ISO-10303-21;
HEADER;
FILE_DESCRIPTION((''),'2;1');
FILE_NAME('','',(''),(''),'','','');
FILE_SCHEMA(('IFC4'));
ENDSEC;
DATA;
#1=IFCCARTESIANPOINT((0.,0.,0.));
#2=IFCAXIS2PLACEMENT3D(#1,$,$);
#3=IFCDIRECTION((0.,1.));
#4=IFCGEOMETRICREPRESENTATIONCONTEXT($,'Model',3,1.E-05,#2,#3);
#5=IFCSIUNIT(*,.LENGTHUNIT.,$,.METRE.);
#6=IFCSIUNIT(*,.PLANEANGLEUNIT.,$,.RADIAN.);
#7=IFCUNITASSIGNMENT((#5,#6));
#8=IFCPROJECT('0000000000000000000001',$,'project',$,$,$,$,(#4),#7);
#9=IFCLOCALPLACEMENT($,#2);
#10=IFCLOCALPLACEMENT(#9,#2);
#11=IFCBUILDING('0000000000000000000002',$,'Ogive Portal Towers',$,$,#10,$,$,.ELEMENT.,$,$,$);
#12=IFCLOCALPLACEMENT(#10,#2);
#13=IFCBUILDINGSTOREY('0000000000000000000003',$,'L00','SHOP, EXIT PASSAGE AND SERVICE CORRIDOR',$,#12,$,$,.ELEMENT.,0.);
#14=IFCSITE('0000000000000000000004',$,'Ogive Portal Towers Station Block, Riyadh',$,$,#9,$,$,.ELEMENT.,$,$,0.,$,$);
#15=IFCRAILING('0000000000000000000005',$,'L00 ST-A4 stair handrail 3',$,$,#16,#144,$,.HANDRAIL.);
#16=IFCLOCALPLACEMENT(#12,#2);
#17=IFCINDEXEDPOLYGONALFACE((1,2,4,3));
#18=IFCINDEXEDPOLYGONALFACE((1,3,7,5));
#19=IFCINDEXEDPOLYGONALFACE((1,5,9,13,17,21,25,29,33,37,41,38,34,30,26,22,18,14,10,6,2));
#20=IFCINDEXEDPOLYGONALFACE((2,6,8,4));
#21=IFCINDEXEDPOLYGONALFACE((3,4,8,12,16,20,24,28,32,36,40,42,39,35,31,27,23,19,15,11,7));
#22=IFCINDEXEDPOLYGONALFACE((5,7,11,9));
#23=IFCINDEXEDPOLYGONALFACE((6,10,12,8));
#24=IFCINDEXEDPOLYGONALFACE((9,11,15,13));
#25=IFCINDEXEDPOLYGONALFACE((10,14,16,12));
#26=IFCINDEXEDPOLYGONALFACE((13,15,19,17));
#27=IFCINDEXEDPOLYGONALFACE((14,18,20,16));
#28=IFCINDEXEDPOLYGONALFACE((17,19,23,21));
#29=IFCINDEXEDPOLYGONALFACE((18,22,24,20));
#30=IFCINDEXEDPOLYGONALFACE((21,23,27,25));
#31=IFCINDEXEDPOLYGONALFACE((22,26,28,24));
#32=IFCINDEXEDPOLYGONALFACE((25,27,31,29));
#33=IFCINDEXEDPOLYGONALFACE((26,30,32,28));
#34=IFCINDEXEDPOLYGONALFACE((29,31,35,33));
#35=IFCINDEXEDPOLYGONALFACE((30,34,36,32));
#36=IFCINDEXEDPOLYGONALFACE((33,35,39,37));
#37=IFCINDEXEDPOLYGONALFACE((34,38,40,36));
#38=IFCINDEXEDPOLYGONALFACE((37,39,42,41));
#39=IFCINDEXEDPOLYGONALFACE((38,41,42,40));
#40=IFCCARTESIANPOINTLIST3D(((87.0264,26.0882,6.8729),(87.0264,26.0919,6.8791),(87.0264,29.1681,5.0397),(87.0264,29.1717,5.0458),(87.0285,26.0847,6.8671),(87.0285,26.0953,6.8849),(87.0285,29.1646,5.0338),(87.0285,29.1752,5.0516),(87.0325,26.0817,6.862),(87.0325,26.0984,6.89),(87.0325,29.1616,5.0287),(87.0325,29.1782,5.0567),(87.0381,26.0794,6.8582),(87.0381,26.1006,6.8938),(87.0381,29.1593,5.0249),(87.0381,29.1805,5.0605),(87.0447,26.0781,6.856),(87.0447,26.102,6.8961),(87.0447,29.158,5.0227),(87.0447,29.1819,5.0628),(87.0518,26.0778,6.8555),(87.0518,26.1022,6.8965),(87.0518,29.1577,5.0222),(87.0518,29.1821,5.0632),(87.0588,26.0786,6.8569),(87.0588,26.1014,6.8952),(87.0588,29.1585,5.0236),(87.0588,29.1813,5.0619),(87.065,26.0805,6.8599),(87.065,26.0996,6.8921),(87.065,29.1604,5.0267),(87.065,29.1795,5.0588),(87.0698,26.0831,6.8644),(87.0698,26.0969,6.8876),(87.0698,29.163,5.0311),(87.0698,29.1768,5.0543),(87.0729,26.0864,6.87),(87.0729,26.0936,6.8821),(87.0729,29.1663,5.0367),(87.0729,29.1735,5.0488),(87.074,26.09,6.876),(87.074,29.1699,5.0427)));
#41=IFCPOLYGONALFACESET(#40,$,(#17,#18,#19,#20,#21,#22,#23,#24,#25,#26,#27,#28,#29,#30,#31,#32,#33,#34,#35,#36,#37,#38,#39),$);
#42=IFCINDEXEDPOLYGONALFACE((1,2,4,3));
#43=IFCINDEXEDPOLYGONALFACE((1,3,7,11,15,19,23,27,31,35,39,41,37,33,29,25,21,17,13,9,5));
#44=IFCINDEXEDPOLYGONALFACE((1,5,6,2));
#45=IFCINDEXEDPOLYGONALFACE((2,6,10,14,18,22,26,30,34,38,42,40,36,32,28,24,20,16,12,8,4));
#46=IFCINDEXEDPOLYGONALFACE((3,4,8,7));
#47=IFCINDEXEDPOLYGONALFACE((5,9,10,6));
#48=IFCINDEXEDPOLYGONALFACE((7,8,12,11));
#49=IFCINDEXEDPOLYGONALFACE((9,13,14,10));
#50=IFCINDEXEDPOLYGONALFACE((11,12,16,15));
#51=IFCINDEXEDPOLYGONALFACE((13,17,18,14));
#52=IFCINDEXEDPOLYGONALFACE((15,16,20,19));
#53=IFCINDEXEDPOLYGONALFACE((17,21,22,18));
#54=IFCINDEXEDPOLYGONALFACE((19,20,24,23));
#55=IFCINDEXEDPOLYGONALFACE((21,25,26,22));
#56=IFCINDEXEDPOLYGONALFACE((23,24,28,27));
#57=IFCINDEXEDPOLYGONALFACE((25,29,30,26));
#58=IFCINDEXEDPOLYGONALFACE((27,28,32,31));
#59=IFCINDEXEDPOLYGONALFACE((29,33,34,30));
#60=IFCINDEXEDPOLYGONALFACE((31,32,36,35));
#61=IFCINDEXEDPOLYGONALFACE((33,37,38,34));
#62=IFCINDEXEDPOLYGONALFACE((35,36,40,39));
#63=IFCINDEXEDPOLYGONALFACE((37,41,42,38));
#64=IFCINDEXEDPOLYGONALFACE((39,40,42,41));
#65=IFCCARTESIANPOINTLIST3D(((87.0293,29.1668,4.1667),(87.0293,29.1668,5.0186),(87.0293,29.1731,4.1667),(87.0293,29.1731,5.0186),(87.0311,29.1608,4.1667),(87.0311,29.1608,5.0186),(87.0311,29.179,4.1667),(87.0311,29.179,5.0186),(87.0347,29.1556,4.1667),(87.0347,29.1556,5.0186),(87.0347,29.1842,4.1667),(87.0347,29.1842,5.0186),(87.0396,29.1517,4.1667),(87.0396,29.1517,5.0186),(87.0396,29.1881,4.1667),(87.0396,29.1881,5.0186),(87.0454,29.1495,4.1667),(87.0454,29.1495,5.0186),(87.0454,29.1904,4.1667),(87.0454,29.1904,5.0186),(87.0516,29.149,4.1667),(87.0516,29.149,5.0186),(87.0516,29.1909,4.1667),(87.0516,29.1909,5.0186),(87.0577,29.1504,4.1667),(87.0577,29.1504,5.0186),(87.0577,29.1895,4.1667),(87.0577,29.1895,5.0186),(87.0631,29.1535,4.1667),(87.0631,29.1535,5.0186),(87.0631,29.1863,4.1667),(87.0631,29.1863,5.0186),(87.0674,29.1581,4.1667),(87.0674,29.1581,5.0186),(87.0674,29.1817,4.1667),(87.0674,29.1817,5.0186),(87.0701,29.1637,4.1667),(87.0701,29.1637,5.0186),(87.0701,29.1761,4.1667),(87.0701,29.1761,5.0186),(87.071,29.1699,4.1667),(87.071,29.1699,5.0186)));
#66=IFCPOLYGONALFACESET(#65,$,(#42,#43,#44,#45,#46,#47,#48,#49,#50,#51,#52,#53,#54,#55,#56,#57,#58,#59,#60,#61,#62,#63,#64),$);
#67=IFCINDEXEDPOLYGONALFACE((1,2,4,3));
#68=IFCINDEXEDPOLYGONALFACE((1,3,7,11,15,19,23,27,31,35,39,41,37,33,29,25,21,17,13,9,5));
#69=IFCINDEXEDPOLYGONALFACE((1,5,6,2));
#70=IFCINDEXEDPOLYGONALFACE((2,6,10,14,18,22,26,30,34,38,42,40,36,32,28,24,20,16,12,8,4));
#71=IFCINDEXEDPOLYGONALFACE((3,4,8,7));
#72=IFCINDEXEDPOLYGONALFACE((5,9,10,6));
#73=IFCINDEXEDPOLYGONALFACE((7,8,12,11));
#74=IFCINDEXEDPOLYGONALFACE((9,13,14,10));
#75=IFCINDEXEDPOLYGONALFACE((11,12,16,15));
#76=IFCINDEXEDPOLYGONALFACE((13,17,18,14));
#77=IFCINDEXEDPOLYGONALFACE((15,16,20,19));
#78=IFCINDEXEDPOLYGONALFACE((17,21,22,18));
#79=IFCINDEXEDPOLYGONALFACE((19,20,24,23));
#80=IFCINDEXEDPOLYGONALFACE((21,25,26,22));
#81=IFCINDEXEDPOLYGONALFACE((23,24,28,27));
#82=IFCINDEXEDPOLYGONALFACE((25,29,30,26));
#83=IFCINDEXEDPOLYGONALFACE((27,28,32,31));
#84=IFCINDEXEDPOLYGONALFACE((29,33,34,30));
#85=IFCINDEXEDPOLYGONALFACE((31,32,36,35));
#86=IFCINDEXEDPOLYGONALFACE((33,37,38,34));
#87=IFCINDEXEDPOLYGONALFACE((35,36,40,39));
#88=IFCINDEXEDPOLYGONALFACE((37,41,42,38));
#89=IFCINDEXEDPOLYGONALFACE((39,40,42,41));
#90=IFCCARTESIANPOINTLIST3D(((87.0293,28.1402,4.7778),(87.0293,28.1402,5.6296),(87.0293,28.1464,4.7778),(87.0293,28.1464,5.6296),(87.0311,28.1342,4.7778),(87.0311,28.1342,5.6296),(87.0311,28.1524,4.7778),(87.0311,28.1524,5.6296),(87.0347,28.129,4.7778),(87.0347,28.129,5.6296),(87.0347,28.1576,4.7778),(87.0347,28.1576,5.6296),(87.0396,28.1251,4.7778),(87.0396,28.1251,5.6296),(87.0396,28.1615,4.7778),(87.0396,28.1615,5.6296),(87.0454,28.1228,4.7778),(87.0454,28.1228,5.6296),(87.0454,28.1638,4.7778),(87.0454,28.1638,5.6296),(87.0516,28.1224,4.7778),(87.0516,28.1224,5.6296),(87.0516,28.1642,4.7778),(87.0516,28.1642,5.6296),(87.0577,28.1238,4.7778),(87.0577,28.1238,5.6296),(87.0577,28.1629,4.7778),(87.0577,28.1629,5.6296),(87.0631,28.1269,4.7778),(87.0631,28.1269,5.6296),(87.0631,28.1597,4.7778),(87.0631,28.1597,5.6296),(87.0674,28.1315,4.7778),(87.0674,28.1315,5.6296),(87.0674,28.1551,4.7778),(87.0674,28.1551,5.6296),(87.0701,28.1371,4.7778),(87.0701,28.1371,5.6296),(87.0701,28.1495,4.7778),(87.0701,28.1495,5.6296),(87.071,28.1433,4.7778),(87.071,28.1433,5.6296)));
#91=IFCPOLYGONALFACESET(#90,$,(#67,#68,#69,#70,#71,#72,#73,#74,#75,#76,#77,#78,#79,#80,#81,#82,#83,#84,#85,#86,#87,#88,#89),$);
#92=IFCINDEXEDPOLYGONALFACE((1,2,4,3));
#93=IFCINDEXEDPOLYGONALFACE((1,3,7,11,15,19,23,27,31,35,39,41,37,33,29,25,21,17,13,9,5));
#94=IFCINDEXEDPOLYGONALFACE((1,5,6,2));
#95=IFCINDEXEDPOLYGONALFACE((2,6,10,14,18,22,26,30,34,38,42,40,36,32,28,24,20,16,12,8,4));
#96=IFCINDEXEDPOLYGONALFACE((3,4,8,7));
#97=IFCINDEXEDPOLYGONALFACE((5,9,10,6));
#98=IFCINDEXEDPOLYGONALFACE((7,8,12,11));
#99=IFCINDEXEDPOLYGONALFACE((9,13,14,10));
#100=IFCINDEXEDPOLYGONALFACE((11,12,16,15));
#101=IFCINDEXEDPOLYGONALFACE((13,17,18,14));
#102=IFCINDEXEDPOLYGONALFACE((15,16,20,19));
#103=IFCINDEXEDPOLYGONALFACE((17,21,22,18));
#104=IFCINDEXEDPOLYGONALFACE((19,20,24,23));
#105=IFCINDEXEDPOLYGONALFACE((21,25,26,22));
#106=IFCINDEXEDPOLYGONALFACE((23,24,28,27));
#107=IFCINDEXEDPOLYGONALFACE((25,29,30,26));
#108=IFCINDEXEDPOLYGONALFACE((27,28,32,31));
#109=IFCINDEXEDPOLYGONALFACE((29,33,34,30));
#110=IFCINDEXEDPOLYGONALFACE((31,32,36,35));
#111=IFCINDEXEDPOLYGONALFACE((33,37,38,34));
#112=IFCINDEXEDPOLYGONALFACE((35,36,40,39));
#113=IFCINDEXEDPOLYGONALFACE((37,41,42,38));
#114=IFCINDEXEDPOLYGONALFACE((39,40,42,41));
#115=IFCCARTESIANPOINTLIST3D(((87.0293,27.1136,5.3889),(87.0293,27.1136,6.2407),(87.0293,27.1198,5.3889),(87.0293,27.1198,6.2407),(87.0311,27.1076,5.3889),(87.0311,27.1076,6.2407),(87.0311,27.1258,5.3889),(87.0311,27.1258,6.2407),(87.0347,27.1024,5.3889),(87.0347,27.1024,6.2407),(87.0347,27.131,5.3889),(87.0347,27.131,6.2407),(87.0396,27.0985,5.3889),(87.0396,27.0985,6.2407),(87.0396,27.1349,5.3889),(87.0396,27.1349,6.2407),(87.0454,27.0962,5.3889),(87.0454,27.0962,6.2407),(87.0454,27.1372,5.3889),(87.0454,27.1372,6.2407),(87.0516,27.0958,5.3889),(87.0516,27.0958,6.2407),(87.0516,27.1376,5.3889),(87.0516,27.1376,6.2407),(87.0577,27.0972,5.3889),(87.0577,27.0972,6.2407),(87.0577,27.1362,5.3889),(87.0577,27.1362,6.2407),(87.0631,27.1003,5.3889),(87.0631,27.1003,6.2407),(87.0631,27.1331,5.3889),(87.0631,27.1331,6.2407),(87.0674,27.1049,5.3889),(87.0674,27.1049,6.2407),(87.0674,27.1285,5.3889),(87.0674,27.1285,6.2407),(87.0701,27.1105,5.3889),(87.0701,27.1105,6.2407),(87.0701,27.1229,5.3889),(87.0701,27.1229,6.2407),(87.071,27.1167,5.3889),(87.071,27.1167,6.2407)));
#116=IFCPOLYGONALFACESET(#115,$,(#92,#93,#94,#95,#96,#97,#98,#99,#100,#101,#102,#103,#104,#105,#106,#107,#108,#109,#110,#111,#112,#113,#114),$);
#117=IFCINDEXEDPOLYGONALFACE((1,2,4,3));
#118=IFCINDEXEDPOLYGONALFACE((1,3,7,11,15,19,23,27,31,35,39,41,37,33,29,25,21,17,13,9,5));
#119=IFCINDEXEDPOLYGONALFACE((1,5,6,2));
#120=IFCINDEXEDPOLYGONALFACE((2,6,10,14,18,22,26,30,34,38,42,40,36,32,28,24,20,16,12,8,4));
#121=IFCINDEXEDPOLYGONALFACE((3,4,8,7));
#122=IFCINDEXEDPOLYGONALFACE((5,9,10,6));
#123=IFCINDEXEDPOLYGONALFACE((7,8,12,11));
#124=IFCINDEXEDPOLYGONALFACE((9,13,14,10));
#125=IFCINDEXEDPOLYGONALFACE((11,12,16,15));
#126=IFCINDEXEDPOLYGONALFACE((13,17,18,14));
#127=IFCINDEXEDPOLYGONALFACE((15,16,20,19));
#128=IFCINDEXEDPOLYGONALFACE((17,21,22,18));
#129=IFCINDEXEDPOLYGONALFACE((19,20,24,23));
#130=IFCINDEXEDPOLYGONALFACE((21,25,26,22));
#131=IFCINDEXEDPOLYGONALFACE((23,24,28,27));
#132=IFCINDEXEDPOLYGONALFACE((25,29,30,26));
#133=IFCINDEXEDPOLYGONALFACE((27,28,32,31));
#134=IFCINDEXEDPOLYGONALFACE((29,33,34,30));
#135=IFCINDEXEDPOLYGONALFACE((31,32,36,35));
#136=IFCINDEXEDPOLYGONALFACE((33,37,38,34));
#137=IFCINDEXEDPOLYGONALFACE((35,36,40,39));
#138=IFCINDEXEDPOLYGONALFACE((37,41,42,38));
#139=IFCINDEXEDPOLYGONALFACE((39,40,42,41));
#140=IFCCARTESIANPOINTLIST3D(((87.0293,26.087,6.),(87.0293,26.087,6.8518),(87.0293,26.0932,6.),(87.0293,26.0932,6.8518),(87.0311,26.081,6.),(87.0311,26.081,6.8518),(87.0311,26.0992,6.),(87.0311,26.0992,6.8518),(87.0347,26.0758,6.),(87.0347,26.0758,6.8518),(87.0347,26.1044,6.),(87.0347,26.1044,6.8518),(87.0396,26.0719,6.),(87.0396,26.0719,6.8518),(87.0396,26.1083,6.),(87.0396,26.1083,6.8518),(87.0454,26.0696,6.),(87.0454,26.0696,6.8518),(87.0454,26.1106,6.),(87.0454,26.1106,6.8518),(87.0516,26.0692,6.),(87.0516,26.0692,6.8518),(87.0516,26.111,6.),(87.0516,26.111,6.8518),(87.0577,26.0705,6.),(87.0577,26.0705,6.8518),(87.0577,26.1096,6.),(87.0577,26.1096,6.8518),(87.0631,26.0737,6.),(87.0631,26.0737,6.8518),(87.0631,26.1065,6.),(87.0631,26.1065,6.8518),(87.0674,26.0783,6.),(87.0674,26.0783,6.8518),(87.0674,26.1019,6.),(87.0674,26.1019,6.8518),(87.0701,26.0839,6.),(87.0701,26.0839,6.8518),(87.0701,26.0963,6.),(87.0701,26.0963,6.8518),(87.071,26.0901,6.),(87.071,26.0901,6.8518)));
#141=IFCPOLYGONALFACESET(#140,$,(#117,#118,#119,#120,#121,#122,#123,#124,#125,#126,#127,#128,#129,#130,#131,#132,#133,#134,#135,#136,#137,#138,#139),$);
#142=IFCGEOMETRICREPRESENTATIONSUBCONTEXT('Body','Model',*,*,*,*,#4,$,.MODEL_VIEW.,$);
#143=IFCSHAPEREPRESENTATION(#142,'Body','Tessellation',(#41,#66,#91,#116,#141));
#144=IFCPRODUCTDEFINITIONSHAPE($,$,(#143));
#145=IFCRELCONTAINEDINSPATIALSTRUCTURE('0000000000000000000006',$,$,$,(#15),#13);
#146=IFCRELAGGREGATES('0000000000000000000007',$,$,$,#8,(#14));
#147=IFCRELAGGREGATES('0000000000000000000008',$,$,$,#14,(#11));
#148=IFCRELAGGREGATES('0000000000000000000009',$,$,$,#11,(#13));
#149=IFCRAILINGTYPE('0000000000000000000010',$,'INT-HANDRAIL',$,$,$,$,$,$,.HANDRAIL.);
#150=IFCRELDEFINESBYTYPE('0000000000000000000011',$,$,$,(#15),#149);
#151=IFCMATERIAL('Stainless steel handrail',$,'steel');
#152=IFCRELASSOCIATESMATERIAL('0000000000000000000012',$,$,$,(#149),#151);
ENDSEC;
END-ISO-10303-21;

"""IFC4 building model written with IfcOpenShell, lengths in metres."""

from ifc_helpers import new_model, si_unit, direction, frame, origin, origin_2d, place, context, subcontext, project, spatial, circle, extrude, material, type_object, element, save


model = new_model("IFC4")

# Units and contexts
model_context = context("Model", 3, precision=1e-05, world=origin(), true_north=direction((0.0, 1.0)))
body_context = subcontext(model_context, "Body", "Model", "MODEL_VIEW")
ifc_project = project(units=[si_unit("LENGTHUNIT", "METRE"), si_unit("PLANEANGLEUNIT", "RADIAN")], contexts=[model_context])

# Site, building, storey
site_placement = place(None, origin())
site = spatial("IfcSite", under=ifc_project, at=site_placement, Name="Ogive Portal Towers Station Block, Riyadh", CompositionType="ELEMENT", RefElevation=0.0)
building_placement = place(site_placement, origin())
building = spatial("IfcBuilding", under=site, at=building_placement, Name="Ogive Portal Towers", CompositionType="ELEMENT")
storey_placement = place(building_placement, origin())
storey = spatial("IfcBuildingStorey", under=building, at=storey_placement, Name="L00", Description="SHOP, EXIT PASSAGE AND SERVICE CORRIDOR", CompositionType="ELEMENT", Elevation=0.0)

# Railing
ifc_material_1 = material(Name="Stainless steel handrail", Category="steel")
railing_type_1 = type_object("IfcRailingType", Name="INT-HANDRAIL", PredefinedType="HANDRAIL", material=ifc_material_1)
for number, where, name in (
    (1, (87.05, 29.1699, 4.1667), "L00 ST-A4 stair handrail 3"),
):
    element("IfcRailing", number, at=place(storey_placement, frame(where)), inside=storey, type_object=railing_type_1, Name=name, PredefinedType="HANDRAIL", context=body_context, shape_type="SweptSolid", body=[
        extrude(circle(Radius=0.0239, at=origin_2d()), frame((0.0, 0.0, 0.876), z_axis=(0.0, -0.859291, 0.511487), x_axis=(1.0, 0.0, 0.0)), (0.0, 0.0, 1.0), 3.5842),
        extrude(circle(Radius=0.021, at=origin_2d()), origin(), (0.0, 0.0, 1.0), 0.8518),
        extrude(circle(Radius=0.021, at=origin_2d()), frame((0.0, -1.0266, 0.6111)), (0.0, 0.0, 1.0), 0.8518),
        extrude(circle(Radius=0.021, at=origin_2d()), frame((0.0, -2.0532, 1.2222)), (0.0, 0.0, 1.0), 0.8518),
        extrude(circle(Radius=0.021, at=origin_2d()), frame((0.0, -3.0798, 1.8333)), (0.0, 0.0, 1.0), 0.8518),
    ])

save(model, "model.ifc")
